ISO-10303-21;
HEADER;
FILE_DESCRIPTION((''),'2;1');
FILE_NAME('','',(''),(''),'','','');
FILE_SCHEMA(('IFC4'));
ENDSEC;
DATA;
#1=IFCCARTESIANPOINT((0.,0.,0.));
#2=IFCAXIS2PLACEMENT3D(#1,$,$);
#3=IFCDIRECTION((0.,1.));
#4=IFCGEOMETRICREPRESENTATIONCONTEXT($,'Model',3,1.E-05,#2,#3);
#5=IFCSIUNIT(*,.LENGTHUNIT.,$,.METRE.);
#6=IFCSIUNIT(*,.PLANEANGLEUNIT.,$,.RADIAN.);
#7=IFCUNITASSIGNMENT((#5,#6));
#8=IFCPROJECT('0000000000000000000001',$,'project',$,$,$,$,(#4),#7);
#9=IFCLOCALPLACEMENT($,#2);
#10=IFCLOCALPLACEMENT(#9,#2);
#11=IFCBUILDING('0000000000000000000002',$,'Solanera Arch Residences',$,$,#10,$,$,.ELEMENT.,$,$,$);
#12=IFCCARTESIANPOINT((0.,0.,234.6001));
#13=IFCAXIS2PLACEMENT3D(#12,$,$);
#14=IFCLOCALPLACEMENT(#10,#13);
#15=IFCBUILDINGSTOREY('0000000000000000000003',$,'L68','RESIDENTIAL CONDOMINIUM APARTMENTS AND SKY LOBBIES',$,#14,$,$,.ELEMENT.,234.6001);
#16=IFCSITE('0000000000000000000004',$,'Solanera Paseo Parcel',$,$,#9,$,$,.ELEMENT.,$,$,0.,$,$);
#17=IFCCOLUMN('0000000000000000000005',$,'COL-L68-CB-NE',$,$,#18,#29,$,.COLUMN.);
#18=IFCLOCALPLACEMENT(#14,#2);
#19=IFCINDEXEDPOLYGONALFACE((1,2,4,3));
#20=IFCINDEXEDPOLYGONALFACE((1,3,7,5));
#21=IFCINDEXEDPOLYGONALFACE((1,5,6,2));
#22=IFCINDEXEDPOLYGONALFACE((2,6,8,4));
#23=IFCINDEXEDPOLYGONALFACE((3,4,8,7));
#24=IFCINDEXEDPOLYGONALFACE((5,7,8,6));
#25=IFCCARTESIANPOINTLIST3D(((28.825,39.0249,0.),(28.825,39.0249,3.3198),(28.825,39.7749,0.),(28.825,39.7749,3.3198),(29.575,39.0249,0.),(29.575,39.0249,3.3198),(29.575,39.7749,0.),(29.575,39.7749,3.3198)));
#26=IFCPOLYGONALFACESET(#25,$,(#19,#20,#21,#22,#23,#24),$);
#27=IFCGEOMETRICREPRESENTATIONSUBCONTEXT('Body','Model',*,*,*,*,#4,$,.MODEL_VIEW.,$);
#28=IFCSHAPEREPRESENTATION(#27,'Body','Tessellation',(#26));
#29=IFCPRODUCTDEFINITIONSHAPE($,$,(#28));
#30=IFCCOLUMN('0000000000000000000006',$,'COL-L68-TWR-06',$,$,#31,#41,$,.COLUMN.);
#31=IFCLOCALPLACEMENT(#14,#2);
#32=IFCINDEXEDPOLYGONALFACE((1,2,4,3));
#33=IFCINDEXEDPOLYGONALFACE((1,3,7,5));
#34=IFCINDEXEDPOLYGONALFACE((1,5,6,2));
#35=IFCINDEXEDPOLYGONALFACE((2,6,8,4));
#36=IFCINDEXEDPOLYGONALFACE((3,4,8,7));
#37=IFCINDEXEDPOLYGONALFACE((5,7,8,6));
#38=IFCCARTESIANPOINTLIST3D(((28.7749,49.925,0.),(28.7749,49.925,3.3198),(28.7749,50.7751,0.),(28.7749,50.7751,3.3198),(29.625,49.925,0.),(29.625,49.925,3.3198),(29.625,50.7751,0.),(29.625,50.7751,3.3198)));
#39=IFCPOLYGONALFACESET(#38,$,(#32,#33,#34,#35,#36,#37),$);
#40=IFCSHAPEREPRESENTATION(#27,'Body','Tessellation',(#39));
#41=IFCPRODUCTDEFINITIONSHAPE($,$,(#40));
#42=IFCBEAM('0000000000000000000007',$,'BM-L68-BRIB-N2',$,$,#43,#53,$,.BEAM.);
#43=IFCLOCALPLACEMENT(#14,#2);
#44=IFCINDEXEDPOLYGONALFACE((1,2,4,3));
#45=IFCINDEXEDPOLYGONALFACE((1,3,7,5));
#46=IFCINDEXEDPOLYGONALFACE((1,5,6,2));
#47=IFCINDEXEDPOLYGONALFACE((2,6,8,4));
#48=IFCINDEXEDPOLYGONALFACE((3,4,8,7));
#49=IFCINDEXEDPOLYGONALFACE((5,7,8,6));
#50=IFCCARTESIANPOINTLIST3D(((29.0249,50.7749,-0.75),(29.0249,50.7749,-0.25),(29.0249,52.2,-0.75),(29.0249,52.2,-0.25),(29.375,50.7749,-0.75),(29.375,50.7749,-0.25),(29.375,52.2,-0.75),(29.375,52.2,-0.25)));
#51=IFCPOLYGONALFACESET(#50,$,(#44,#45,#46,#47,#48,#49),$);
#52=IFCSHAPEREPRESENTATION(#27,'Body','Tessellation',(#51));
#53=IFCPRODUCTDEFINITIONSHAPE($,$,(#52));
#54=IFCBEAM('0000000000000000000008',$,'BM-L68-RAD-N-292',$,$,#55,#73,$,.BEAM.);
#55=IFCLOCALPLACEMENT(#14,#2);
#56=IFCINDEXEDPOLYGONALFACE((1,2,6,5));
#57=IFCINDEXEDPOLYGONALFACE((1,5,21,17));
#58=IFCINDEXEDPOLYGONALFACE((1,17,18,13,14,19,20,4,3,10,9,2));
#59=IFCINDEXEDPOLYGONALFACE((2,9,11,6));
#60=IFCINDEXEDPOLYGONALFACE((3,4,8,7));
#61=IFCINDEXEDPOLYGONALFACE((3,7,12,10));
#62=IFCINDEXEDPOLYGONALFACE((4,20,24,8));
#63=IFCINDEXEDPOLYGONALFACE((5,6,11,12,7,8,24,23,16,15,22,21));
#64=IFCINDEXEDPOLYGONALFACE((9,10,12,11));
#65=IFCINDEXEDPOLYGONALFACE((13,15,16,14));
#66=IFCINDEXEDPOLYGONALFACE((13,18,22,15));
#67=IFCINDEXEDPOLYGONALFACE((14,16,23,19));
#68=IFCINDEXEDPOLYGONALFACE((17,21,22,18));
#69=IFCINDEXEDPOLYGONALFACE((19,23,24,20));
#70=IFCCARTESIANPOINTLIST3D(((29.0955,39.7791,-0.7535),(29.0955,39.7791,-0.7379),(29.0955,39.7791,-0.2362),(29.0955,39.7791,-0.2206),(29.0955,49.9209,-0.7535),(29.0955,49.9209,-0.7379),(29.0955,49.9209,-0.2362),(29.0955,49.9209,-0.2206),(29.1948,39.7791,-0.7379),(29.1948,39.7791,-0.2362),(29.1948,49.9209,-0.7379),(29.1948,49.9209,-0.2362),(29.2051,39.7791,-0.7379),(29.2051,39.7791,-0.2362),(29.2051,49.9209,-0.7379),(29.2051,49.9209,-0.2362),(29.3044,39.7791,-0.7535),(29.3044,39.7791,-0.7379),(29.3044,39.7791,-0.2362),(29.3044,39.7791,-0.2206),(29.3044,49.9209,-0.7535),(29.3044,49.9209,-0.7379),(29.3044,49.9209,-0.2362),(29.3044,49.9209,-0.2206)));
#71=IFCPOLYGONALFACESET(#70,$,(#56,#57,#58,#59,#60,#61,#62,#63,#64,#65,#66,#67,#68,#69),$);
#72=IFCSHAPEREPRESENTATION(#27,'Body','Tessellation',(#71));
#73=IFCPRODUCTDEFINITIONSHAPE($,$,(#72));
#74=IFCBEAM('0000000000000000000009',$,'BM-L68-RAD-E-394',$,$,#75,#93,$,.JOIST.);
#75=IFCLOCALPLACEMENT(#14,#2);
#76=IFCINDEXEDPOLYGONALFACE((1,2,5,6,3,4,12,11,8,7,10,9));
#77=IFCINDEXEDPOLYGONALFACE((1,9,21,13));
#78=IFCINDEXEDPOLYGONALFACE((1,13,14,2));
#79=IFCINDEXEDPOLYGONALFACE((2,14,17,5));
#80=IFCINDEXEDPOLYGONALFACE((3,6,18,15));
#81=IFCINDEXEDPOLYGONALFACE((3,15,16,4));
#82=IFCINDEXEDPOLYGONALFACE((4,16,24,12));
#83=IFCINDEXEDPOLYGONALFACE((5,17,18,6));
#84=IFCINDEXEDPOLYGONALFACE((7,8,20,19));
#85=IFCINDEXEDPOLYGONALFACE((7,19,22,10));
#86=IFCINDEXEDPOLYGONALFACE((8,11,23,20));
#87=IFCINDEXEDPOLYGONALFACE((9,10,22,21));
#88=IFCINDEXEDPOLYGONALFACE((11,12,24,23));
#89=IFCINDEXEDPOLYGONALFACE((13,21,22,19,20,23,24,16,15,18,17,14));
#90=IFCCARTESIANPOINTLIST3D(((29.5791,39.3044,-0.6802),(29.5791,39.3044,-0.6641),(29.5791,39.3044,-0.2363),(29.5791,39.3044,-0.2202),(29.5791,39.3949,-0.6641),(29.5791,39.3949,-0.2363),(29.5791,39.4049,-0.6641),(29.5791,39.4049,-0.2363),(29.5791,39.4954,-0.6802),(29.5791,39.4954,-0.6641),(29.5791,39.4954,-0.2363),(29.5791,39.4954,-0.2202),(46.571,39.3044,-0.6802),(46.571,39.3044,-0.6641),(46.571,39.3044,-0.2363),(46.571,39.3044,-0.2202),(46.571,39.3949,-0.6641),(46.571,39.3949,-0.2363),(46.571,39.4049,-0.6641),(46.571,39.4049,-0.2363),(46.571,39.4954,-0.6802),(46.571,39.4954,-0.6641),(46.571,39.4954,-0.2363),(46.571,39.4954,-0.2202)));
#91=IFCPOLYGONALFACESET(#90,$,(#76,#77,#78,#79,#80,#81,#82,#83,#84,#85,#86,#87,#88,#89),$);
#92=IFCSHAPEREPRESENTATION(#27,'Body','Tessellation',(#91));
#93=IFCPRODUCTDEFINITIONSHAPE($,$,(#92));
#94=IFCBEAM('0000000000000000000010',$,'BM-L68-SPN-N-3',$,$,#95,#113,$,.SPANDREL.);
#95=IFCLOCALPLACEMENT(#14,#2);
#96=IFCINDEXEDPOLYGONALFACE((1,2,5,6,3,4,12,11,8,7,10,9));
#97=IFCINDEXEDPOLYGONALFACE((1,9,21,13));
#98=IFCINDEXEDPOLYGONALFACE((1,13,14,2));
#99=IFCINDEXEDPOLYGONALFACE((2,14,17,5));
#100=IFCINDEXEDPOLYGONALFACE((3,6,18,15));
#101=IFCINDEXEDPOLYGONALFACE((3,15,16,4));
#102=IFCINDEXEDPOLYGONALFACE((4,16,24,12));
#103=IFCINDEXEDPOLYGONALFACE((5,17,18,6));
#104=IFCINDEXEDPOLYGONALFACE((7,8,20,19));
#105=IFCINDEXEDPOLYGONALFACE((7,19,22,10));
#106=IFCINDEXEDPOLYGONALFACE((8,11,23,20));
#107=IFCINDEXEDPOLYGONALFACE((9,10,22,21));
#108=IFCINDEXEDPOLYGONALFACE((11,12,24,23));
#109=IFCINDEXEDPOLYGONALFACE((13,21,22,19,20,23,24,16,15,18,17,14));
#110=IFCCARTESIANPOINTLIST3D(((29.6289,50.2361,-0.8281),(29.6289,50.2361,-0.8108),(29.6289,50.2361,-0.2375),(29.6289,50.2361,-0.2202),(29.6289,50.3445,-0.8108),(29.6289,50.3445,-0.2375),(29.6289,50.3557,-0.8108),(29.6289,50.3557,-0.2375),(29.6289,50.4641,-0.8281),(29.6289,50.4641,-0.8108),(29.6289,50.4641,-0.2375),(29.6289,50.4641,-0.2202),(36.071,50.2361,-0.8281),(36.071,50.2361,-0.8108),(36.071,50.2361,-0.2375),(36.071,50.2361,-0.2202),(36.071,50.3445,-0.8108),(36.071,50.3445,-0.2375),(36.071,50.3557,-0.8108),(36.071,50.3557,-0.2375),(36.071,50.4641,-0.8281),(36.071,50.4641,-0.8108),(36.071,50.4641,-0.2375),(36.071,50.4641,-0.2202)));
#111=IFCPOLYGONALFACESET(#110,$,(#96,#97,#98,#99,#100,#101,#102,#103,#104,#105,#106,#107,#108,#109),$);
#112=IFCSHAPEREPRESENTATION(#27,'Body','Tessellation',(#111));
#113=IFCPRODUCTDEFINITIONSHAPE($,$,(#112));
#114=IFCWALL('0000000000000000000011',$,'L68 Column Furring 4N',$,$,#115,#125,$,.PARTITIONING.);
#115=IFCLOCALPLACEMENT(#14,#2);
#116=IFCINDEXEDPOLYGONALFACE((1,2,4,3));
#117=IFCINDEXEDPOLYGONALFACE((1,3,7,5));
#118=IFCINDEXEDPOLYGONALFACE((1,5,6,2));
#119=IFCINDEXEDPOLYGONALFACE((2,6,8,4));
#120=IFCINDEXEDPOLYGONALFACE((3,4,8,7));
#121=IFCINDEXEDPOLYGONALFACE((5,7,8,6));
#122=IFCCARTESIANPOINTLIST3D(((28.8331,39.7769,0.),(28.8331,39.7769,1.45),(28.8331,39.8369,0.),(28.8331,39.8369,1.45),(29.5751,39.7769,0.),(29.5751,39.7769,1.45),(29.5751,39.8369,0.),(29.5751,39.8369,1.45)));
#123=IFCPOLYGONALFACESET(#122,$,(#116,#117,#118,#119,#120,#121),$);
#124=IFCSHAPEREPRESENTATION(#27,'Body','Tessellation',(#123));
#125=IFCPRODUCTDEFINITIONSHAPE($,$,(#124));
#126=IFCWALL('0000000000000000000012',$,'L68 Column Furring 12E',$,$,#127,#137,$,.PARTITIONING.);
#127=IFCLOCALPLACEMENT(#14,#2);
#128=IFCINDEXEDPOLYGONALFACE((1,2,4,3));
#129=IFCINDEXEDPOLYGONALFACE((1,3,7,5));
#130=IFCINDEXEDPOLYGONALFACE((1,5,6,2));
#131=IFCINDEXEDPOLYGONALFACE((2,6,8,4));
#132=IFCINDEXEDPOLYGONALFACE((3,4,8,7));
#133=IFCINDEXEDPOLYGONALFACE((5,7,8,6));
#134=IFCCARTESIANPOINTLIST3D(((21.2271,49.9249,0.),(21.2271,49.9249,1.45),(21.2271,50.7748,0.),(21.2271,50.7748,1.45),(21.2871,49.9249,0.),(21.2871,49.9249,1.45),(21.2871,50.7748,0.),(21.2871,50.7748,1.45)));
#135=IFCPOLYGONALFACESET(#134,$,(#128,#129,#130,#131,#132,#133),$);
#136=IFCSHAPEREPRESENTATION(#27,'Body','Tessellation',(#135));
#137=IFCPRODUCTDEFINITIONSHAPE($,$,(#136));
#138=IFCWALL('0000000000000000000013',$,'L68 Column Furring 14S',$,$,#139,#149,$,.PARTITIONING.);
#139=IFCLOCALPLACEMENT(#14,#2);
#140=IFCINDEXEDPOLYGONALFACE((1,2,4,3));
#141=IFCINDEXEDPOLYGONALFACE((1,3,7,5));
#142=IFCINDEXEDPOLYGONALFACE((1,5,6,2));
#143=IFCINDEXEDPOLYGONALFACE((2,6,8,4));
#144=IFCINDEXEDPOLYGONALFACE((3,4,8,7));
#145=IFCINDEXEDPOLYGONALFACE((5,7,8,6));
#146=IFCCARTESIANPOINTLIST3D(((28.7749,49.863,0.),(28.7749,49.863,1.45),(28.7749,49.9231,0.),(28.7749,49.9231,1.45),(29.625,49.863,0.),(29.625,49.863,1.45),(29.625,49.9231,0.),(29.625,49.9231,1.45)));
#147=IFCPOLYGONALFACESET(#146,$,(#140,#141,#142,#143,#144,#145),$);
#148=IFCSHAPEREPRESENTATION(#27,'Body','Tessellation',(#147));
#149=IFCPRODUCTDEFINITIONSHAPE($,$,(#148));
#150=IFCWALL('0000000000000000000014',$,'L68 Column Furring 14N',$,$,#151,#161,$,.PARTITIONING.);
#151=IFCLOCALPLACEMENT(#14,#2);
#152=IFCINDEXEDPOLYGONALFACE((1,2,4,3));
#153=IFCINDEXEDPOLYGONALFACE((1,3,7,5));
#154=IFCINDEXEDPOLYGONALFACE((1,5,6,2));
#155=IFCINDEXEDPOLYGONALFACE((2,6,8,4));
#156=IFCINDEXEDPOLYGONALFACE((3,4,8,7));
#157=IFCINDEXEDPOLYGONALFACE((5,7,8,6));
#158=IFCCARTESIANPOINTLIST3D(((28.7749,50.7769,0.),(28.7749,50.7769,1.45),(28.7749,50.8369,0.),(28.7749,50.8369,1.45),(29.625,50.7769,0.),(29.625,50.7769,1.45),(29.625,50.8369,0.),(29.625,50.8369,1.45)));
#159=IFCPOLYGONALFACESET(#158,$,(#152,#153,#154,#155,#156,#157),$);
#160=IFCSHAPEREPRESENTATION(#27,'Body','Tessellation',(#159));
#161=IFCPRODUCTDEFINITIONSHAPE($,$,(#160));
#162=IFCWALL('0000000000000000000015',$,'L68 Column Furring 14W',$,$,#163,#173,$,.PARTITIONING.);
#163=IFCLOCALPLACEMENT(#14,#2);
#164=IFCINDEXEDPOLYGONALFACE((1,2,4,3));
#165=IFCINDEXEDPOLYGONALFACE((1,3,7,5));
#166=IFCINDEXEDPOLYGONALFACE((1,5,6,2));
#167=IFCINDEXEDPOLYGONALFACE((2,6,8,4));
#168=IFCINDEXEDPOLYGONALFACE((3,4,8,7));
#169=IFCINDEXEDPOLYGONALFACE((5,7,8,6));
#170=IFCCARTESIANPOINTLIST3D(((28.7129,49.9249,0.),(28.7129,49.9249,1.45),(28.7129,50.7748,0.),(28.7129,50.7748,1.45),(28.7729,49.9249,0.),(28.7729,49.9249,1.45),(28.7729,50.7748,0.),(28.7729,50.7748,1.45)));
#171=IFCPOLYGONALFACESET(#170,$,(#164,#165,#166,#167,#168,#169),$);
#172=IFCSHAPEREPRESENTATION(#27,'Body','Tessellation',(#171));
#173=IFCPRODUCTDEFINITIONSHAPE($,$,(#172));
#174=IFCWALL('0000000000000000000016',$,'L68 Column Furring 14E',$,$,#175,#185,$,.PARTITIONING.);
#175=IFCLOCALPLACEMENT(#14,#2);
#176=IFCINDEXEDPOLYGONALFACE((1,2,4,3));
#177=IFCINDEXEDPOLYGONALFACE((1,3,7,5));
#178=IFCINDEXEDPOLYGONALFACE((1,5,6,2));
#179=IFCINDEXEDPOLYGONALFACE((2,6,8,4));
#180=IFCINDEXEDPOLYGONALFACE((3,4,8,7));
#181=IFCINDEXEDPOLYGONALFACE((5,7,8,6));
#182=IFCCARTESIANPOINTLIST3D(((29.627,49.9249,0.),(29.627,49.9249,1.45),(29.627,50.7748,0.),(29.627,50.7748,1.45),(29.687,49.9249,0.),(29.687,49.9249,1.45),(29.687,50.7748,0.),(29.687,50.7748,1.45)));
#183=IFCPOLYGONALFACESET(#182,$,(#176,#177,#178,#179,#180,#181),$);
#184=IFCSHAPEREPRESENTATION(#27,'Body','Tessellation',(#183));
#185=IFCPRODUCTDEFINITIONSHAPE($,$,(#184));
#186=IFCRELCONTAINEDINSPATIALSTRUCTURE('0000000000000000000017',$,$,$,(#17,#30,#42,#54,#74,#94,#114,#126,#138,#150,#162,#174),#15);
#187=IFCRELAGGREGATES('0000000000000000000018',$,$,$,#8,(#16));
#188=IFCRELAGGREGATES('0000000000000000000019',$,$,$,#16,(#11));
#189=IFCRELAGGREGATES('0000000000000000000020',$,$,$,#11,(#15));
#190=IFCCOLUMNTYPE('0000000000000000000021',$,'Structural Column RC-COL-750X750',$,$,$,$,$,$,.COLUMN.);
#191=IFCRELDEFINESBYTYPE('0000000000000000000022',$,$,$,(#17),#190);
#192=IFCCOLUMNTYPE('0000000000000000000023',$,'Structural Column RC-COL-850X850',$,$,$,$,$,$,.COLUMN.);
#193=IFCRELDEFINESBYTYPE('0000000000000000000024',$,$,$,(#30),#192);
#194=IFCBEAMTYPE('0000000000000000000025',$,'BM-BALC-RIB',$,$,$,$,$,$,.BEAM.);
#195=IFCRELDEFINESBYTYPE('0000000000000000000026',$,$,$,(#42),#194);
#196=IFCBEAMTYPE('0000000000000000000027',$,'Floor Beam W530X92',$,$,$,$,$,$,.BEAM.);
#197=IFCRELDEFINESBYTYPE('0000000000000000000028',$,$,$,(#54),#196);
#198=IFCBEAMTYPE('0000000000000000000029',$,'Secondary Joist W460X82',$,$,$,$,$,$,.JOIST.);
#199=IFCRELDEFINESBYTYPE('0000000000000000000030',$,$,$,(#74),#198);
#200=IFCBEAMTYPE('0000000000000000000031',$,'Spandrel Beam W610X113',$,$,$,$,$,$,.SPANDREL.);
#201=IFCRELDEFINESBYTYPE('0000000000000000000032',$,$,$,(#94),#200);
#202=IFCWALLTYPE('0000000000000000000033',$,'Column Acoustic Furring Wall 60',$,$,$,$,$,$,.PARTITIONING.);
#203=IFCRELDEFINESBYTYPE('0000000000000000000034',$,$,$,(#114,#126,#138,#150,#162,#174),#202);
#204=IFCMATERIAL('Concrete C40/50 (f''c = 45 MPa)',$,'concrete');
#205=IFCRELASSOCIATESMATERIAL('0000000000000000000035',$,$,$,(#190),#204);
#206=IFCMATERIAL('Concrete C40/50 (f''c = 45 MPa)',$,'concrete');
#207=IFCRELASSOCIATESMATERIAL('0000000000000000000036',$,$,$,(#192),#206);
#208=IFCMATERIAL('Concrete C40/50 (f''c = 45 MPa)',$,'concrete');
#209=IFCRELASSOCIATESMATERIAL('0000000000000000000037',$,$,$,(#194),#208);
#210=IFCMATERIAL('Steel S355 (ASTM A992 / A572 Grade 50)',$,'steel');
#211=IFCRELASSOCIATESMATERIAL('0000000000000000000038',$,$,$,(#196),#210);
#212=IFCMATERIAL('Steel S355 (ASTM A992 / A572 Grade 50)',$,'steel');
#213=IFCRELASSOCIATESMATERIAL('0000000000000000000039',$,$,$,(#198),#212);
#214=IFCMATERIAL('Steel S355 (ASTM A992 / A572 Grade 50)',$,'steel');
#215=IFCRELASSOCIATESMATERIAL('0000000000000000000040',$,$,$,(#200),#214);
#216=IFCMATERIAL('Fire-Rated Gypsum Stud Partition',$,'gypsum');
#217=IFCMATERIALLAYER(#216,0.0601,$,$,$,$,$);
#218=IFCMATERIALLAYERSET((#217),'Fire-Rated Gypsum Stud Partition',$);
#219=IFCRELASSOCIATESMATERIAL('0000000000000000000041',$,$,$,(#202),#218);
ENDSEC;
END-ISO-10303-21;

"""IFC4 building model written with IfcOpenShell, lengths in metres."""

from ifc_helpers import new_model, si_unit, direction, frame, frame_2d, origin, origin_2d, place, context, subcontext, project, spatial, rectangle, i_section, extrude, material, layer, layer_set, material_profile, profile_set, type_object, element, save


model = new_model("IFC4")

# Units and contexts
model_context = context("Model", 3, precision=1e-05, world=origin(), true_north=direction((0.0, 1.0)))
body_context = subcontext(model_context, "Body", "Model", "MODEL_VIEW")
ifc_project = project(units=[si_unit("LENGTHUNIT", "METRE"), si_unit("PLANEANGLEUNIT", "RADIAN")], contexts=[model_context])

# Site, building, storey
site_placement = place(None, origin())
site = spatial("IfcSite", under=ifc_project, at=site_placement, Name="Solanera Paseo Parcel", CompositionType="ELEMENT", RefElevation=0.0)
building_placement = place(site_placement, origin())
building = spatial("IfcBuilding", under=site, at=building_placement, Name="Solanera Arch Residences", CompositionType="ELEMENT")
storey_placement = place(building_placement, frame((0.0, 0.0, 234.6001)))
storey = spatial("IfcBuildingStorey", under=building, at=storey_placement, Name="L68", Description="RESIDENTIAL CONDOMINIUM APARTMENTS AND SKY LOBBIES", CompositionType="ELEMENT", Elevation=234.6001)

# Columns
ifc_material_1 = material(Name="Concrete C40/50 (f'c = 45 MPa)", Category="concrete")
ifc_material_profile_1 = material_profile(ifc_material_1, rectangle(XDim=0.75, YDim=0.75, at=origin_2d()))
ifc_profile_set_1 = profile_set([ifc_material_profile_1], Name="Concrete C40/50 (f'c = 45 MPa)")
column_type_1 = type_object("IfcColumnType", Name="Structural Column RC-COL-750X750", PredefinedType="COLUMN", material=ifc_profile_set_1)
column_1_placement = place(storey_placement, frame((29.2, 39.3999, 0.0), z_axis=(0.0, 0.0, 1.0), x_axis=(1.0, 0.0, 0.0)))
element("IfcColumn", 1, at=column_1_placement, inside=storey, type_object=column_type_1, Name="COL-L68-CB-NE", PredefinedType="COLUMN", context=body_context, shape_type="SweptSolid", body=[
    extrude(rectangle(XDim=0.75, YDim=0.75, at=origin_2d()), origin(), (0.0, 0.0, 1.0), 3.3198),
])
ifc_material_2 = material(Name="Concrete C40/50 (f'c = 45 MPa)", Category="concrete")
ifc_material_profile_2 = material_profile(ifc_material_2, rectangle(XDim=0.8501, YDim=0.8501, at=origin_2d()))
ifc_profile_set_2 = profile_set([ifc_material_profile_2], Name="Concrete C40/50 (f'c = 45 MPa)")
column_type_2 = type_object("IfcColumnType", Name="Structural Column RC-COL-850X850", PredefinedType="COLUMN", material=ifc_profile_set_2)
column_2_placement = place(storey_placement, frame((29.2, 50.3501, 0.0), z_axis=(0.0, 0.0, 1.0), x_axis=(1.0, 0.0, 0.0)))
element("IfcColumn", 2, at=column_2_placement, inside=storey, type_object=column_type_2, Name="COL-L68-TWR-06", PredefinedType="COLUMN", context=body_context, shape_type="SweptSolid", body=[
    extrude(rectangle(XDim=0.8501, YDim=0.8501, at=origin_2d()), origin(), (0.0, 0.0, 1.0), 3.3198),
])

# Beams
ifc_material_3 = material(Name="Concrete C40/50 (f'c = 45 MPa)", Category="concrete")
ifc_material_profile_3 = material_profile(ifc_material_3, rectangle(XDim=0.3501, YDim=0.5, at=origin_2d()))
ifc_profile_set_3 = profile_set([ifc_material_profile_3], Name="Concrete C40/50 (f'c = 45 MPa)")
beam_type_1 = type_object("IfcBeamType", Name="BM-BALC-RIB", PredefinedType="BEAM", material=ifc_profile_set_3)
beam_1_placement = place(storey_placement, frame((29.2, 50.7749, -0.5), z_axis=(0.0, 1.0, 0.0), x_axis=(-1.0, 0.0, 0.0)))
element("IfcBeam", 3, at=beam_1_placement, inside=storey, type_object=beam_type_1, Name="BM-L68-BRIB-N2", PredefinedType="BEAM", context=body_context, shape_type="SweptSolid", body=[
    extrude(rectangle(XDim=0.3501, YDim=0.5, at=origin_2d()), origin(), (0.0, 0.0, 1.0), 1.425),
])
ifc_material_4 = material(Name="Steel S355 (ASTM A992 / A572 Grade 50)", Category="steel")
ifc_material_profile_4 = material_profile(ifc_material_4, i_section(OverallWidth=0.209, OverallDepth=0.533, WebThickness=0.0103, FlangeThickness=0.0156, at=origin_2d()))
ifc_profile_set_4 = profile_set([ifc_material_profile_4], Name="Steel S355 (ASTM A992 / A572 Grade 50)")
beam_type_2 = type_object("IfcBeamType", Name="Floor Beam W530X92", PredefinedType="BEAM", material=ifc_profile_set_4)
beam_2_placement = place(storey_placement, frame((29.2, 39.7791, -0.4871), z_axis=(0.0, 1.0, 0.0), x_axis=(-1.0, 0.0, 0.0)))
element("IfcBeam", 4, at=beam_2_placement, inside=storey, type_object=beam_type_2, Name="BM-L68-RAD-N-292", PredefinedType="BEAM", context=body_context, shape_type="SweptSolid", body=[
    extrude(i_section(OverallWidth=0.209, OverallDepth=0.533, WebThickness=0.0103, FlangeThickness=0.0156, at=origin_2d()), origin(), (0.0, 0.0, 1.0), 10.1418),
])
ifc_material_5 = material(Name="Steel S355 (ASTM A992 / A572 Grade 50)", Category="steel")
ifc_material_profile_5 = material_profile(ifc_material_5, i_section(OverallWidth=0.1909, OverallDepth=0.46, WebThickness=0.01, FlangeThickness=0.0161, at=origin_2d()))
ifc_profile_set_5 = profile_set([ifc_material_profile_5], Name="Steel S355 (ASTM A992 / A572 Grade 50)")
beam_type_3 = type_object("IfcBeamType", Name="Secondary Joist W460X82", PredefinedType="JOIST", material=ifc_profile_set_5)
beam_3_placement = place(storey_placement, frame((29.5791, 39.3999, -0.4502), z_axis=(1.0, 0.0, 0.0), x_axis=(0.0, 1.0, 0.0)))
element("IfcBeam", 5, at=beam_3_placement, inside=storey, type_object=beam_type_3, Name="BM-L68-RAD-E-394", PredefinedType="JOIST", context=body_context, shape_type="SweptSolid", body=[
    extrude(i_section(OverallWidth=0.1909, OverallDepth=0.46, WebThickness=0.01, FlangeThickness=0.0161, at=origin_2d()), origin(), (0.0, 0.0, 1.0), 16.9919),
])
ifc_material_6 = material(Name="Steel S355 (ASTM A992 / A572 Grade 50)", Category="steel")
ifc_material_profile_6 = material_profile(ifc_material_6, i_section(OverallWidth=0.228, OverallDepth=0.6079, WebThickness=0.0112, FlangeThickness=0.0173, at=origin_2d()))
ifc_profile_set_6 = profile_set([ifc_material_profile_6], Name="Steel S355 (ASTM A992 / A572 Grade 50)")
beam_type_4 = type_object("IfcBeamType", Name="Spandrel Beam W610X113", PredefinedType="SPANDREL", material=ifc_profile_set_6)
beam_4_placement = place(storey_placement, frame((29.6289, 50.3501, -0.5242), z_axis=(1.0, 0.0, 0.0), x_axis=(0.0, 1.0, 0.0)))
element("IfcBeam", 6, at=beam_4_placement, inside=storey, type_object=beam_type_4, Name="BM-L68-SPN-N-3", PredefinedType="SPANDREL", context=body_context, shape_type="SweptSolid", body=[
    extrude(i_section(OverallWidth=0.228, OverallDepth=0.6079, WebThickness=0.0112, FlangeThickness=0.0173, at=origin_2d()), origin(), (0.0, 0.0, 1.0), 6.4421),
])

# Walls
ifc_material_7 = material(Name="Fire-Rated Gypsum Stud Partition", Category="gypsum")
ifc_layer_1 = layer(ifc_material_7, 0.0601)
ifc_layer_set_1 = layer_set([ifc_layer_1], Name="Fire-Rated Gypsum Stud Partition")
wall_type_1 = type_object("IfcWallType", Name="Column Acoustic Furring Wall 60", PredefinedType="PARTITIONING", material=ifc_layer_set_1)
wall_1_placement = place(storey_placement, frame((28.833, 39.8069, 0.0), z_axis=(0.0, 0.0, 1.0), x_axis=(1.0, 0.0, 0.0)))
element("IfcWall", 7, at=wall_1_placement, inside=storey, type_object=wall_type_1, Name="L68 Column Furring 4N", PredefinedType="PARTITIONING", context=body_context, shape_type="SweptSolid", body=[
    extrude(rectangle(XDim=0.7419, YDim=0.0601, at=frame_2d((0.3711, 0.0))), origin(), (0.0, 0.0, 1.0), 1.45),
])
wall_2_placement = place(storey_placement, frame((21.2571, 49.925, 0.0), z_axis=(0.0, 0.0, 1.0), x_axis=(0.0, 1.0, 0.0)))
element("IfcWall", 8, at=wall_2_placement, inside=storey, type_object=wall_type_1, Name="L68 Column Furring 12E", PredefinedType="PARTITIONING", context=body_context, shape_type="SweptSolid", body=[
    extrude(rectangle(XDim=0.8499, YDim=0.0601, at=frame_2d((0.4248, 0.0))), origin(), (0.0, 0.0, 1.0), 1.45),
])
for number, where, z_axis, x_axis, name in (
    (9, (28.7749, 49.8931, 0.0), (0.0, 0.0, 1.0), (1.0, 0.0, 0.0), "L68 Column Furring 14S"),
    (10, (28.7749, 50.8069, 0.0), (0.0, 0.0, 1.0), (1.0, 0.0, 0.0), "L68 Column Furring 14N"),
):
    element("IfcWall", number, at=place(storey_placement, frame(where, z_axis=z_axis, x_axis=x_axis)), inside=storey, type_object=wall_type_1, Name=name, PredefinedType="PARTITIONING", context=body_context, shape_type="SweptSolid", body=[
        extrude(rectangle(XDim=0.8501, YDim=0.0601, at=frame_2d((0.425, 0.0))), origin(), (0.0, 0.0, 1.0), 1.45),
    ])
for number, where, z_axis, x_axis, name in (
    (11, (28.7429, 49.925, 0.0), (0.0, 0.0, 1.0), (0.0, 1.0, 0.0), "L68 Column Furring 14W"),
    (12, (29.657, 49.925, 0.0), (0.0, 0.0, 1.0), (0.0, 1.0, 0.0), "L68 Column Furring 14E"),
):
    element("IfcWall", number, at=place(storey_placement, frame(where, z_axis=z_axis, x_axis=x_axis)), inside=storey, type_object=wall_type_1, Name=name, PredefinedType="PARTITIONING", context=body_context, shape_type="SweptSolid", body=[
        extrude(rectangle(XDim=0.8499, YDim=0.0601, at=frame_2d((0.4248, 0.0))), origin(), (0.0, 0.0, 1.0), 1.45),
    ])

save(model, "model.ifc")
